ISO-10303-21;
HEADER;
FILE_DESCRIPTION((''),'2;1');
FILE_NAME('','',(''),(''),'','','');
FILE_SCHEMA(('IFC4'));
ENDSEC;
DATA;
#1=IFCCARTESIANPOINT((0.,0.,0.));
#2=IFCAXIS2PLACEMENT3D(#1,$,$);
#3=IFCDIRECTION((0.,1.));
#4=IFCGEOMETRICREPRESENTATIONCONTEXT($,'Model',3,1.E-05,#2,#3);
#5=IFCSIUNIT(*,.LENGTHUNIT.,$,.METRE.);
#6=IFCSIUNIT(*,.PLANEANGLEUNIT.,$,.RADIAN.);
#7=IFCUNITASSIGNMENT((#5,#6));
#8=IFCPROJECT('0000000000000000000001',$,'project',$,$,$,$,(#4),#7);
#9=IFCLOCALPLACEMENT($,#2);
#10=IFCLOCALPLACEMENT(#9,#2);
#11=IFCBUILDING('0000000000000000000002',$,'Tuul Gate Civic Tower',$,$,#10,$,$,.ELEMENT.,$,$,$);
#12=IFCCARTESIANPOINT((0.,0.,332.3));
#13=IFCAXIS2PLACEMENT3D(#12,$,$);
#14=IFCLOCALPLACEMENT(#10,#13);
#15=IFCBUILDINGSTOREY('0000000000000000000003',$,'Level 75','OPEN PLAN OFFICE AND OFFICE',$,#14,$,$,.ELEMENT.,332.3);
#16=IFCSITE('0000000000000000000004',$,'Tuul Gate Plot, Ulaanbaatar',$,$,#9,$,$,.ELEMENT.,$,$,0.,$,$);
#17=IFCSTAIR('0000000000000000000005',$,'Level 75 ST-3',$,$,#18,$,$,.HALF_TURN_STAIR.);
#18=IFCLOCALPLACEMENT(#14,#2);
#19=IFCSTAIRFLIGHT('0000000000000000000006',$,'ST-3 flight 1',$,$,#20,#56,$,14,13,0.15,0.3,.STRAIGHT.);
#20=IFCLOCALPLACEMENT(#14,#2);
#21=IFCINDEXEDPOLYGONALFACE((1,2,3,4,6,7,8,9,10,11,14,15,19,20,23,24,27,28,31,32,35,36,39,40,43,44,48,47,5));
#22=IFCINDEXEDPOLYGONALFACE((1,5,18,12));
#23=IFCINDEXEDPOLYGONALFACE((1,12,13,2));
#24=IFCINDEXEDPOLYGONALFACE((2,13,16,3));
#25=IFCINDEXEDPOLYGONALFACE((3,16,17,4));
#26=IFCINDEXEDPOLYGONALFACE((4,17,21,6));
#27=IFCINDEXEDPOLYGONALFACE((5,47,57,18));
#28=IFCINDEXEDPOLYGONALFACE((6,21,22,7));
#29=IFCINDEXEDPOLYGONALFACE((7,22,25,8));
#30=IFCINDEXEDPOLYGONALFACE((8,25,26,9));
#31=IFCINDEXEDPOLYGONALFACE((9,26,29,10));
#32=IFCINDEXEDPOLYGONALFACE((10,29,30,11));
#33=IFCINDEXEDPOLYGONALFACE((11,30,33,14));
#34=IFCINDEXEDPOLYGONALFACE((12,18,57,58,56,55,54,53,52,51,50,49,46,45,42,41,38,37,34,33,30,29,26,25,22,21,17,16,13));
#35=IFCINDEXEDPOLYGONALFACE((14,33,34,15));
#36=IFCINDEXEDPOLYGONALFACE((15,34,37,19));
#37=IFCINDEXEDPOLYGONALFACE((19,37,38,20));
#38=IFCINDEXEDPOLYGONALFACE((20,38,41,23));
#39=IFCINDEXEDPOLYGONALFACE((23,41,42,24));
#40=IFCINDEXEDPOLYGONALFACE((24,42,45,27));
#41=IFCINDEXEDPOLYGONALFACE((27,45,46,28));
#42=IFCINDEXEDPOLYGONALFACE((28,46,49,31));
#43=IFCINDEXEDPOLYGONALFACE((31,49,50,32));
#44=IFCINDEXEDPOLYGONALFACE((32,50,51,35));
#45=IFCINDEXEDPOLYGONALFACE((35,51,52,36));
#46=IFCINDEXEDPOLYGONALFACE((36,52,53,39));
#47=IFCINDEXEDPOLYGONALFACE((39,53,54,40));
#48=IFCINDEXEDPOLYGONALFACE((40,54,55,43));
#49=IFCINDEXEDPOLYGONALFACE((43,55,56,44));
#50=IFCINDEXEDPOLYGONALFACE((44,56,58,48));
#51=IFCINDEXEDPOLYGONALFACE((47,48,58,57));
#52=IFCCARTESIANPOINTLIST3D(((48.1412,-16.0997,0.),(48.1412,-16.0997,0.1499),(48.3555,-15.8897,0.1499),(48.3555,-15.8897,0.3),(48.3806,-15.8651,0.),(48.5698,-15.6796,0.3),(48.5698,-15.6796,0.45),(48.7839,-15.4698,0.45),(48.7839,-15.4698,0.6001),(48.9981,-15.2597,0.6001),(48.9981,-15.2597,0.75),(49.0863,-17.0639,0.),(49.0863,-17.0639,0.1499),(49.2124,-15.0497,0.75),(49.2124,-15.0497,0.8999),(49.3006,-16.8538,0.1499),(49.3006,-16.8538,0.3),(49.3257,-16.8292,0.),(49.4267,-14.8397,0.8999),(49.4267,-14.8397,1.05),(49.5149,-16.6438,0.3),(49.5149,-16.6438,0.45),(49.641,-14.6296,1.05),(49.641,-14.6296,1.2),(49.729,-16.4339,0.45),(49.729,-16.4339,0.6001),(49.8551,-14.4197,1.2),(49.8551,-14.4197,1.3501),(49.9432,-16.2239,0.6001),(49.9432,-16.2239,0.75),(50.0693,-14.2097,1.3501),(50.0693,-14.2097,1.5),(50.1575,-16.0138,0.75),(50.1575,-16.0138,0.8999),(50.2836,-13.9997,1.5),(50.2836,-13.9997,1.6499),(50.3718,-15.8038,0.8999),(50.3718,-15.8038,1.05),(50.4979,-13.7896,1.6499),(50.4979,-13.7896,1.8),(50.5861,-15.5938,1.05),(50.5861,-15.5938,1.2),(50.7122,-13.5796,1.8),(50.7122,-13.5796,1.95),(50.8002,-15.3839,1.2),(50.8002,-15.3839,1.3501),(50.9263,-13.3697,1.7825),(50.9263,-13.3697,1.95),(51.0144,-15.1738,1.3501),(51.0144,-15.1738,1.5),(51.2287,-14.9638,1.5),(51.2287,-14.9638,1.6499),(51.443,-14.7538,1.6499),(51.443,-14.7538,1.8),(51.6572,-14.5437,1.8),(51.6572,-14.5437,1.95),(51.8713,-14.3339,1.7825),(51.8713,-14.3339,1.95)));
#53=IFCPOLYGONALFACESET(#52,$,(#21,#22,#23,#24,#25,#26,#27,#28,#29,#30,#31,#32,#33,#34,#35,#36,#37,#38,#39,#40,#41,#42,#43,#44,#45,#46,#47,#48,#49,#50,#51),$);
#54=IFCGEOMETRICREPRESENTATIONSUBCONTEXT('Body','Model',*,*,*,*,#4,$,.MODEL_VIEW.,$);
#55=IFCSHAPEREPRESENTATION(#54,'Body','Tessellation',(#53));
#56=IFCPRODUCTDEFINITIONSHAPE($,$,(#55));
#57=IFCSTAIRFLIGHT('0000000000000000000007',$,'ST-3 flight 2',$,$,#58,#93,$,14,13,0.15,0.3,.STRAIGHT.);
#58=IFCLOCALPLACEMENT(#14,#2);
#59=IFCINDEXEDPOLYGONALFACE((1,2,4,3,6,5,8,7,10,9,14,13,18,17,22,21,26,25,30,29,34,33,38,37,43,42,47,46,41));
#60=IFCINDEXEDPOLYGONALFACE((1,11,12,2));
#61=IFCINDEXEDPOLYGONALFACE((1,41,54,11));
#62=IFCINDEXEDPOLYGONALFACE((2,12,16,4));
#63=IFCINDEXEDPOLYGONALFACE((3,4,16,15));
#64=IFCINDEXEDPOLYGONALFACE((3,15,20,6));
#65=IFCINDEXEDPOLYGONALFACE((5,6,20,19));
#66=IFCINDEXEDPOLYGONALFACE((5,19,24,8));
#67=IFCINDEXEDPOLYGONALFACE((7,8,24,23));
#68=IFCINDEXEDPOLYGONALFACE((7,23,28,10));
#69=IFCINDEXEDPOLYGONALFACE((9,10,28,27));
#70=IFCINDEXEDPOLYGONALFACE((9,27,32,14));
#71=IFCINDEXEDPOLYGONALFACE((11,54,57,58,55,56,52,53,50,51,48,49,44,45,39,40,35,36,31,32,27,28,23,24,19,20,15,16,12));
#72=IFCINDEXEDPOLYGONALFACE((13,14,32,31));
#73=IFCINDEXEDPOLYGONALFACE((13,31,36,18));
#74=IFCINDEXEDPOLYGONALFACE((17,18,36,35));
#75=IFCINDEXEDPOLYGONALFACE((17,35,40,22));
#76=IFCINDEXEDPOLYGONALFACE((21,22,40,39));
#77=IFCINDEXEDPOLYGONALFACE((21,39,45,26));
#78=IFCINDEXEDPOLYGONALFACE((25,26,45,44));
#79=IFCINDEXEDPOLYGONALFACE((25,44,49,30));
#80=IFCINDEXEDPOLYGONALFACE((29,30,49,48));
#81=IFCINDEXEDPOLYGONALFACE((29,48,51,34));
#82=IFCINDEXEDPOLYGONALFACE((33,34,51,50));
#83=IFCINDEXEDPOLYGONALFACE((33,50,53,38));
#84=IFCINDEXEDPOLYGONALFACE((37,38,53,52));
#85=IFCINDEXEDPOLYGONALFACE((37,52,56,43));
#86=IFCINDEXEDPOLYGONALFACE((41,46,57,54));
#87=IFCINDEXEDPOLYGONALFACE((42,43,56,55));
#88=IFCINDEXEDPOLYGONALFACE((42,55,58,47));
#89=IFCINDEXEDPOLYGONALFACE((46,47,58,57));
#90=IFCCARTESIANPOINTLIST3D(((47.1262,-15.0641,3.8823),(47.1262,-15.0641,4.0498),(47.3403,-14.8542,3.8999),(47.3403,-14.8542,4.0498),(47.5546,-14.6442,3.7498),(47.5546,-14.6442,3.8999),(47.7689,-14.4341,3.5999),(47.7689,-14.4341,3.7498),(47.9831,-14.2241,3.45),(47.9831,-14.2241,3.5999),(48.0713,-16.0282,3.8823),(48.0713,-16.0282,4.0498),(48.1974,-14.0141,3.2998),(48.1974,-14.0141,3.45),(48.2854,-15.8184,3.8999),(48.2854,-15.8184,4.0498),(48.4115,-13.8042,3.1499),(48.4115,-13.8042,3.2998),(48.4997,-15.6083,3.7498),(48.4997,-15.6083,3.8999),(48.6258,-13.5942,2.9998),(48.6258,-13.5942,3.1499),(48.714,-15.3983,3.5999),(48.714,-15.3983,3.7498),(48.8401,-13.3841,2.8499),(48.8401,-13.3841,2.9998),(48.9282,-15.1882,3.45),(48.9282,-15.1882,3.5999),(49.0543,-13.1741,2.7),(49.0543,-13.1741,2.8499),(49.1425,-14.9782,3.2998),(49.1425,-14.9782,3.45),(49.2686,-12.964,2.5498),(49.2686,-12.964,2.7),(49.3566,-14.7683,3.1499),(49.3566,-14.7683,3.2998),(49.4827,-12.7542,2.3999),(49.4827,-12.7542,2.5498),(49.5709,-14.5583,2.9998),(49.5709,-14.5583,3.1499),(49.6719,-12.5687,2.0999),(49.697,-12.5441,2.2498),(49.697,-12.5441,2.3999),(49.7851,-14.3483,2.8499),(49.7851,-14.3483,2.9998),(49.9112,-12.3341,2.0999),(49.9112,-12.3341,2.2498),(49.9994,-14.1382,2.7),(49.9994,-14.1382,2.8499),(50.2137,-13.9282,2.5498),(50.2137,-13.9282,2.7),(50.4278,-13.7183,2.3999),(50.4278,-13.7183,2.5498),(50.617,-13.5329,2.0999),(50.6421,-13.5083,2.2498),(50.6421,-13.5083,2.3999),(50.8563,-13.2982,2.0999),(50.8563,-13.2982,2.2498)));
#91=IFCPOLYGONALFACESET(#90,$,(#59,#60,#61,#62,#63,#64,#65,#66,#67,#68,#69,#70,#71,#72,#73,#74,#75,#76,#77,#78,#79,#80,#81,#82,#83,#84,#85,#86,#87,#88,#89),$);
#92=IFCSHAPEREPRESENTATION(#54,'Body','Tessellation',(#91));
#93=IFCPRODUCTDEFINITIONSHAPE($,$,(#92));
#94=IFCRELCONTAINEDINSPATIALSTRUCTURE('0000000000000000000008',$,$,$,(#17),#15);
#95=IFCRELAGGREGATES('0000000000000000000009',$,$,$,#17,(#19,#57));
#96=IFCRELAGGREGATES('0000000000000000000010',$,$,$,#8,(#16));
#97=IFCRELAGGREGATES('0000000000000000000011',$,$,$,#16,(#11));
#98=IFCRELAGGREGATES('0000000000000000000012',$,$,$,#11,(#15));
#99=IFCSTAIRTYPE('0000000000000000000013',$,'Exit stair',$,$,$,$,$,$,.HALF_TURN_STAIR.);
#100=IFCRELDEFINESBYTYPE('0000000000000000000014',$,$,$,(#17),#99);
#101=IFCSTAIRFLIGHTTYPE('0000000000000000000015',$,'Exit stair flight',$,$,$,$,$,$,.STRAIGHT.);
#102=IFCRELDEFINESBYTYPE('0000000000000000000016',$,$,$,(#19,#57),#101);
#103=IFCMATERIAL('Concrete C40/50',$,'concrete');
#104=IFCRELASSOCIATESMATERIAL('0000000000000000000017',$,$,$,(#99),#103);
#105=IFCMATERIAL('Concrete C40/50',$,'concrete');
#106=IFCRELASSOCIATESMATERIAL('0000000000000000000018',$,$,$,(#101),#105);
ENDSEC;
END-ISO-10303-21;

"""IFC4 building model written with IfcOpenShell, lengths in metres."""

from ifc_helpers import new_model, si_unit, direction, frame, origin, place, context, subcontext, project, spatial, polyline, outline, extrude, material, type_object, element, aggregate, save


model = new_model("IFC4")

# Units and contexts
model_context = context("Model", 3, precision=1e-05, world=origin(), true_north=direction((0.0, 1.0)))
body_context = subcontext(model_context, "Body", "Model", "MODEL_VIEW")
ifc_project = project(units=[si_unit("LENGTHUNIT", "METRE"), si_unit("PLANEANGLEUNIT", "RADIAN")], contexts=[model_context])

# Site, building, storey
site_placement = place(None, origin())
site = spatial("IfcSite", under=ifc_project, at=site_placement, Name="Tuul Gate Plot, Ulaanbaatar", CompositionType="ELEMENT", RefElevation=0.0)
building_placement = place(site_placement, origin())
building = spatial("IfcBuilding", under=site, at=building_placement, Name="Tuul Gate Civic Tower", CompositionType="ELEMENT")
storey_placement = place(building_placement, frame((0.0, 0.0, 332.3)))
storey = spatial("IfcBuildingStorey", under=building, at=storey_placement, Name="Level 75", Description="OPEN PLAN OFFICE AND OFFICE", CompositionType="ELEMENT", Elevation=332.3)

# Stair, stair flights
ifc_material_1 = material(Name="Concrete C40/50", Category="concrete")
stair_type = type_object("IfcStairType", Name="Exit stair", PredefinedType="HALF_TURN_STAIR", material=ifc_material_1)
stair_placement = place(storey_placement, origin())
stair = element("IfcStair", 1, at=stair_placement, inside=storey, type_object=stair_type, Name="Level 75 ST-3", PredefinedType="HALF_TURN_STAIR")
ifc_material_2 = material(Name="Concrete C40/50", Category="concrete")
stair_flight_type = type_object("IfcStairFlightType", Name="Exit stair flight", PredefinedType="STRAIGHT", material=ifc_material_2)
stair_flight_1_placement = place(storey_placement, frame((48.6138, -16.5818, 0.0), z_axis=(0.0, 0.0, 1.0), x_axis=(0.714127, 0.700016, 0.0)))
stair_flight_1 = element("IfcStairFlight", 2, at=stair_flight_1_placement, type_object=stair_flight_type, Name="ST-3 flight 1", NumberOfRisers=14, NumberOfTreads=13, PredefinedType="STRAIGHT", RiserHeight=0.15, TreadLength=0.3, context=body_context, shape_type="SweptSolid", body=[
    extrude(outline(polyline([(0.0, 0.0), (0.0, 0.1499), (0.3, 0.1499), (0.3, 0.3), (0.6001, 0.3), (0.6001, 0.45), (0.8999, 0.45), (0.8999, 0.6001), (1.2, 0.6001), (1.2, 0.75), (1.5, 0.75), (1.5, 0.8999), (1.8, 0.8999), (1.8, 1.05), (2.1001, 1.05), (2.1001, 1.2), (2.3999, 1.2), (2.3999, 1.3501), (2.7, 1.3501), (2.7, 1.5), (3.0, 1.5), (3.0, 1.6499), (3.3, 1.6499), (3.3, 1.8), (3.6001, 1.8), (3.6001, 1.95), (3.8999, 1.95), (3.8999, 2.1001), (3.8999, 1.7825), (0.3352, 0.0), (0.0, 0.0)])), frame((0.0, 0.675, 0.0), z_axis=(0.0, -1.0, 0.0), x_axis=(1.0, 0.0, 0.0)), (0.0, 0.0, 1.0), 1.3501),
])
stair_flight_2_placement = place(storey_placement, frame((50.3838, -12.8162, 2.0999), z_axis=(0.0, 0.0, 1.0), x_axis=(-0.714127, -0.700016, 0.0)))
stair_flight_2 = element("IfcStairFlight", 3, at=stair_flight_2_placement, type_object=stair_flight_type, Name="ST-3 flight 2", NumberOfRisers=14, NumberOfTreads=13, PredefinedType="STRAIGHT", RiserHeight=0.15, TreadLength=0.3, context=body_context, shape_type="SweptSolid", body=[
    extrude(outline(polyline([(0.0, 0.0), (0.0, 0.1499), (0.3, 0.1499), (0.3, 0.3), (0.6001, 0.3), (0.6001, 0.45), (0.8999, 0.45), (0.8999, 0.6001), (1.2, 0.6001), (1.2, 0.75), (1.5, 0.75), (1.5, 0.8999), (1.8, 0.8999), (1.8, 1.05), (2.1001, 1.05), (2.1001, 1.2), (2.3999, 1.2), (2.3999, 1.3501), (2.7, 1.3501), (2.7, 1.5), (3.0, 1.5), (3.0, 1.6499), (3.3, 1.6499), (3.3, 1.8), (3.6001, 1.8), (3.6001, 1.95), (3.8999, 1.95), (3.8999, 2.1001), (3.8999, 1.7825), (0.3352, 0.0), (0.0, 0.0)])), frame((0.0, 0.675, 0.0), z_axis=(0.0, -1.0, 0.0), x_axis=(1.0, 0.0, 0.0)), (0.0, 0.0, 1.0), 1.3501),
])
aggregate(stair, [stair_flight_1, stair_flight_2])

save(model, "model.ifc")
